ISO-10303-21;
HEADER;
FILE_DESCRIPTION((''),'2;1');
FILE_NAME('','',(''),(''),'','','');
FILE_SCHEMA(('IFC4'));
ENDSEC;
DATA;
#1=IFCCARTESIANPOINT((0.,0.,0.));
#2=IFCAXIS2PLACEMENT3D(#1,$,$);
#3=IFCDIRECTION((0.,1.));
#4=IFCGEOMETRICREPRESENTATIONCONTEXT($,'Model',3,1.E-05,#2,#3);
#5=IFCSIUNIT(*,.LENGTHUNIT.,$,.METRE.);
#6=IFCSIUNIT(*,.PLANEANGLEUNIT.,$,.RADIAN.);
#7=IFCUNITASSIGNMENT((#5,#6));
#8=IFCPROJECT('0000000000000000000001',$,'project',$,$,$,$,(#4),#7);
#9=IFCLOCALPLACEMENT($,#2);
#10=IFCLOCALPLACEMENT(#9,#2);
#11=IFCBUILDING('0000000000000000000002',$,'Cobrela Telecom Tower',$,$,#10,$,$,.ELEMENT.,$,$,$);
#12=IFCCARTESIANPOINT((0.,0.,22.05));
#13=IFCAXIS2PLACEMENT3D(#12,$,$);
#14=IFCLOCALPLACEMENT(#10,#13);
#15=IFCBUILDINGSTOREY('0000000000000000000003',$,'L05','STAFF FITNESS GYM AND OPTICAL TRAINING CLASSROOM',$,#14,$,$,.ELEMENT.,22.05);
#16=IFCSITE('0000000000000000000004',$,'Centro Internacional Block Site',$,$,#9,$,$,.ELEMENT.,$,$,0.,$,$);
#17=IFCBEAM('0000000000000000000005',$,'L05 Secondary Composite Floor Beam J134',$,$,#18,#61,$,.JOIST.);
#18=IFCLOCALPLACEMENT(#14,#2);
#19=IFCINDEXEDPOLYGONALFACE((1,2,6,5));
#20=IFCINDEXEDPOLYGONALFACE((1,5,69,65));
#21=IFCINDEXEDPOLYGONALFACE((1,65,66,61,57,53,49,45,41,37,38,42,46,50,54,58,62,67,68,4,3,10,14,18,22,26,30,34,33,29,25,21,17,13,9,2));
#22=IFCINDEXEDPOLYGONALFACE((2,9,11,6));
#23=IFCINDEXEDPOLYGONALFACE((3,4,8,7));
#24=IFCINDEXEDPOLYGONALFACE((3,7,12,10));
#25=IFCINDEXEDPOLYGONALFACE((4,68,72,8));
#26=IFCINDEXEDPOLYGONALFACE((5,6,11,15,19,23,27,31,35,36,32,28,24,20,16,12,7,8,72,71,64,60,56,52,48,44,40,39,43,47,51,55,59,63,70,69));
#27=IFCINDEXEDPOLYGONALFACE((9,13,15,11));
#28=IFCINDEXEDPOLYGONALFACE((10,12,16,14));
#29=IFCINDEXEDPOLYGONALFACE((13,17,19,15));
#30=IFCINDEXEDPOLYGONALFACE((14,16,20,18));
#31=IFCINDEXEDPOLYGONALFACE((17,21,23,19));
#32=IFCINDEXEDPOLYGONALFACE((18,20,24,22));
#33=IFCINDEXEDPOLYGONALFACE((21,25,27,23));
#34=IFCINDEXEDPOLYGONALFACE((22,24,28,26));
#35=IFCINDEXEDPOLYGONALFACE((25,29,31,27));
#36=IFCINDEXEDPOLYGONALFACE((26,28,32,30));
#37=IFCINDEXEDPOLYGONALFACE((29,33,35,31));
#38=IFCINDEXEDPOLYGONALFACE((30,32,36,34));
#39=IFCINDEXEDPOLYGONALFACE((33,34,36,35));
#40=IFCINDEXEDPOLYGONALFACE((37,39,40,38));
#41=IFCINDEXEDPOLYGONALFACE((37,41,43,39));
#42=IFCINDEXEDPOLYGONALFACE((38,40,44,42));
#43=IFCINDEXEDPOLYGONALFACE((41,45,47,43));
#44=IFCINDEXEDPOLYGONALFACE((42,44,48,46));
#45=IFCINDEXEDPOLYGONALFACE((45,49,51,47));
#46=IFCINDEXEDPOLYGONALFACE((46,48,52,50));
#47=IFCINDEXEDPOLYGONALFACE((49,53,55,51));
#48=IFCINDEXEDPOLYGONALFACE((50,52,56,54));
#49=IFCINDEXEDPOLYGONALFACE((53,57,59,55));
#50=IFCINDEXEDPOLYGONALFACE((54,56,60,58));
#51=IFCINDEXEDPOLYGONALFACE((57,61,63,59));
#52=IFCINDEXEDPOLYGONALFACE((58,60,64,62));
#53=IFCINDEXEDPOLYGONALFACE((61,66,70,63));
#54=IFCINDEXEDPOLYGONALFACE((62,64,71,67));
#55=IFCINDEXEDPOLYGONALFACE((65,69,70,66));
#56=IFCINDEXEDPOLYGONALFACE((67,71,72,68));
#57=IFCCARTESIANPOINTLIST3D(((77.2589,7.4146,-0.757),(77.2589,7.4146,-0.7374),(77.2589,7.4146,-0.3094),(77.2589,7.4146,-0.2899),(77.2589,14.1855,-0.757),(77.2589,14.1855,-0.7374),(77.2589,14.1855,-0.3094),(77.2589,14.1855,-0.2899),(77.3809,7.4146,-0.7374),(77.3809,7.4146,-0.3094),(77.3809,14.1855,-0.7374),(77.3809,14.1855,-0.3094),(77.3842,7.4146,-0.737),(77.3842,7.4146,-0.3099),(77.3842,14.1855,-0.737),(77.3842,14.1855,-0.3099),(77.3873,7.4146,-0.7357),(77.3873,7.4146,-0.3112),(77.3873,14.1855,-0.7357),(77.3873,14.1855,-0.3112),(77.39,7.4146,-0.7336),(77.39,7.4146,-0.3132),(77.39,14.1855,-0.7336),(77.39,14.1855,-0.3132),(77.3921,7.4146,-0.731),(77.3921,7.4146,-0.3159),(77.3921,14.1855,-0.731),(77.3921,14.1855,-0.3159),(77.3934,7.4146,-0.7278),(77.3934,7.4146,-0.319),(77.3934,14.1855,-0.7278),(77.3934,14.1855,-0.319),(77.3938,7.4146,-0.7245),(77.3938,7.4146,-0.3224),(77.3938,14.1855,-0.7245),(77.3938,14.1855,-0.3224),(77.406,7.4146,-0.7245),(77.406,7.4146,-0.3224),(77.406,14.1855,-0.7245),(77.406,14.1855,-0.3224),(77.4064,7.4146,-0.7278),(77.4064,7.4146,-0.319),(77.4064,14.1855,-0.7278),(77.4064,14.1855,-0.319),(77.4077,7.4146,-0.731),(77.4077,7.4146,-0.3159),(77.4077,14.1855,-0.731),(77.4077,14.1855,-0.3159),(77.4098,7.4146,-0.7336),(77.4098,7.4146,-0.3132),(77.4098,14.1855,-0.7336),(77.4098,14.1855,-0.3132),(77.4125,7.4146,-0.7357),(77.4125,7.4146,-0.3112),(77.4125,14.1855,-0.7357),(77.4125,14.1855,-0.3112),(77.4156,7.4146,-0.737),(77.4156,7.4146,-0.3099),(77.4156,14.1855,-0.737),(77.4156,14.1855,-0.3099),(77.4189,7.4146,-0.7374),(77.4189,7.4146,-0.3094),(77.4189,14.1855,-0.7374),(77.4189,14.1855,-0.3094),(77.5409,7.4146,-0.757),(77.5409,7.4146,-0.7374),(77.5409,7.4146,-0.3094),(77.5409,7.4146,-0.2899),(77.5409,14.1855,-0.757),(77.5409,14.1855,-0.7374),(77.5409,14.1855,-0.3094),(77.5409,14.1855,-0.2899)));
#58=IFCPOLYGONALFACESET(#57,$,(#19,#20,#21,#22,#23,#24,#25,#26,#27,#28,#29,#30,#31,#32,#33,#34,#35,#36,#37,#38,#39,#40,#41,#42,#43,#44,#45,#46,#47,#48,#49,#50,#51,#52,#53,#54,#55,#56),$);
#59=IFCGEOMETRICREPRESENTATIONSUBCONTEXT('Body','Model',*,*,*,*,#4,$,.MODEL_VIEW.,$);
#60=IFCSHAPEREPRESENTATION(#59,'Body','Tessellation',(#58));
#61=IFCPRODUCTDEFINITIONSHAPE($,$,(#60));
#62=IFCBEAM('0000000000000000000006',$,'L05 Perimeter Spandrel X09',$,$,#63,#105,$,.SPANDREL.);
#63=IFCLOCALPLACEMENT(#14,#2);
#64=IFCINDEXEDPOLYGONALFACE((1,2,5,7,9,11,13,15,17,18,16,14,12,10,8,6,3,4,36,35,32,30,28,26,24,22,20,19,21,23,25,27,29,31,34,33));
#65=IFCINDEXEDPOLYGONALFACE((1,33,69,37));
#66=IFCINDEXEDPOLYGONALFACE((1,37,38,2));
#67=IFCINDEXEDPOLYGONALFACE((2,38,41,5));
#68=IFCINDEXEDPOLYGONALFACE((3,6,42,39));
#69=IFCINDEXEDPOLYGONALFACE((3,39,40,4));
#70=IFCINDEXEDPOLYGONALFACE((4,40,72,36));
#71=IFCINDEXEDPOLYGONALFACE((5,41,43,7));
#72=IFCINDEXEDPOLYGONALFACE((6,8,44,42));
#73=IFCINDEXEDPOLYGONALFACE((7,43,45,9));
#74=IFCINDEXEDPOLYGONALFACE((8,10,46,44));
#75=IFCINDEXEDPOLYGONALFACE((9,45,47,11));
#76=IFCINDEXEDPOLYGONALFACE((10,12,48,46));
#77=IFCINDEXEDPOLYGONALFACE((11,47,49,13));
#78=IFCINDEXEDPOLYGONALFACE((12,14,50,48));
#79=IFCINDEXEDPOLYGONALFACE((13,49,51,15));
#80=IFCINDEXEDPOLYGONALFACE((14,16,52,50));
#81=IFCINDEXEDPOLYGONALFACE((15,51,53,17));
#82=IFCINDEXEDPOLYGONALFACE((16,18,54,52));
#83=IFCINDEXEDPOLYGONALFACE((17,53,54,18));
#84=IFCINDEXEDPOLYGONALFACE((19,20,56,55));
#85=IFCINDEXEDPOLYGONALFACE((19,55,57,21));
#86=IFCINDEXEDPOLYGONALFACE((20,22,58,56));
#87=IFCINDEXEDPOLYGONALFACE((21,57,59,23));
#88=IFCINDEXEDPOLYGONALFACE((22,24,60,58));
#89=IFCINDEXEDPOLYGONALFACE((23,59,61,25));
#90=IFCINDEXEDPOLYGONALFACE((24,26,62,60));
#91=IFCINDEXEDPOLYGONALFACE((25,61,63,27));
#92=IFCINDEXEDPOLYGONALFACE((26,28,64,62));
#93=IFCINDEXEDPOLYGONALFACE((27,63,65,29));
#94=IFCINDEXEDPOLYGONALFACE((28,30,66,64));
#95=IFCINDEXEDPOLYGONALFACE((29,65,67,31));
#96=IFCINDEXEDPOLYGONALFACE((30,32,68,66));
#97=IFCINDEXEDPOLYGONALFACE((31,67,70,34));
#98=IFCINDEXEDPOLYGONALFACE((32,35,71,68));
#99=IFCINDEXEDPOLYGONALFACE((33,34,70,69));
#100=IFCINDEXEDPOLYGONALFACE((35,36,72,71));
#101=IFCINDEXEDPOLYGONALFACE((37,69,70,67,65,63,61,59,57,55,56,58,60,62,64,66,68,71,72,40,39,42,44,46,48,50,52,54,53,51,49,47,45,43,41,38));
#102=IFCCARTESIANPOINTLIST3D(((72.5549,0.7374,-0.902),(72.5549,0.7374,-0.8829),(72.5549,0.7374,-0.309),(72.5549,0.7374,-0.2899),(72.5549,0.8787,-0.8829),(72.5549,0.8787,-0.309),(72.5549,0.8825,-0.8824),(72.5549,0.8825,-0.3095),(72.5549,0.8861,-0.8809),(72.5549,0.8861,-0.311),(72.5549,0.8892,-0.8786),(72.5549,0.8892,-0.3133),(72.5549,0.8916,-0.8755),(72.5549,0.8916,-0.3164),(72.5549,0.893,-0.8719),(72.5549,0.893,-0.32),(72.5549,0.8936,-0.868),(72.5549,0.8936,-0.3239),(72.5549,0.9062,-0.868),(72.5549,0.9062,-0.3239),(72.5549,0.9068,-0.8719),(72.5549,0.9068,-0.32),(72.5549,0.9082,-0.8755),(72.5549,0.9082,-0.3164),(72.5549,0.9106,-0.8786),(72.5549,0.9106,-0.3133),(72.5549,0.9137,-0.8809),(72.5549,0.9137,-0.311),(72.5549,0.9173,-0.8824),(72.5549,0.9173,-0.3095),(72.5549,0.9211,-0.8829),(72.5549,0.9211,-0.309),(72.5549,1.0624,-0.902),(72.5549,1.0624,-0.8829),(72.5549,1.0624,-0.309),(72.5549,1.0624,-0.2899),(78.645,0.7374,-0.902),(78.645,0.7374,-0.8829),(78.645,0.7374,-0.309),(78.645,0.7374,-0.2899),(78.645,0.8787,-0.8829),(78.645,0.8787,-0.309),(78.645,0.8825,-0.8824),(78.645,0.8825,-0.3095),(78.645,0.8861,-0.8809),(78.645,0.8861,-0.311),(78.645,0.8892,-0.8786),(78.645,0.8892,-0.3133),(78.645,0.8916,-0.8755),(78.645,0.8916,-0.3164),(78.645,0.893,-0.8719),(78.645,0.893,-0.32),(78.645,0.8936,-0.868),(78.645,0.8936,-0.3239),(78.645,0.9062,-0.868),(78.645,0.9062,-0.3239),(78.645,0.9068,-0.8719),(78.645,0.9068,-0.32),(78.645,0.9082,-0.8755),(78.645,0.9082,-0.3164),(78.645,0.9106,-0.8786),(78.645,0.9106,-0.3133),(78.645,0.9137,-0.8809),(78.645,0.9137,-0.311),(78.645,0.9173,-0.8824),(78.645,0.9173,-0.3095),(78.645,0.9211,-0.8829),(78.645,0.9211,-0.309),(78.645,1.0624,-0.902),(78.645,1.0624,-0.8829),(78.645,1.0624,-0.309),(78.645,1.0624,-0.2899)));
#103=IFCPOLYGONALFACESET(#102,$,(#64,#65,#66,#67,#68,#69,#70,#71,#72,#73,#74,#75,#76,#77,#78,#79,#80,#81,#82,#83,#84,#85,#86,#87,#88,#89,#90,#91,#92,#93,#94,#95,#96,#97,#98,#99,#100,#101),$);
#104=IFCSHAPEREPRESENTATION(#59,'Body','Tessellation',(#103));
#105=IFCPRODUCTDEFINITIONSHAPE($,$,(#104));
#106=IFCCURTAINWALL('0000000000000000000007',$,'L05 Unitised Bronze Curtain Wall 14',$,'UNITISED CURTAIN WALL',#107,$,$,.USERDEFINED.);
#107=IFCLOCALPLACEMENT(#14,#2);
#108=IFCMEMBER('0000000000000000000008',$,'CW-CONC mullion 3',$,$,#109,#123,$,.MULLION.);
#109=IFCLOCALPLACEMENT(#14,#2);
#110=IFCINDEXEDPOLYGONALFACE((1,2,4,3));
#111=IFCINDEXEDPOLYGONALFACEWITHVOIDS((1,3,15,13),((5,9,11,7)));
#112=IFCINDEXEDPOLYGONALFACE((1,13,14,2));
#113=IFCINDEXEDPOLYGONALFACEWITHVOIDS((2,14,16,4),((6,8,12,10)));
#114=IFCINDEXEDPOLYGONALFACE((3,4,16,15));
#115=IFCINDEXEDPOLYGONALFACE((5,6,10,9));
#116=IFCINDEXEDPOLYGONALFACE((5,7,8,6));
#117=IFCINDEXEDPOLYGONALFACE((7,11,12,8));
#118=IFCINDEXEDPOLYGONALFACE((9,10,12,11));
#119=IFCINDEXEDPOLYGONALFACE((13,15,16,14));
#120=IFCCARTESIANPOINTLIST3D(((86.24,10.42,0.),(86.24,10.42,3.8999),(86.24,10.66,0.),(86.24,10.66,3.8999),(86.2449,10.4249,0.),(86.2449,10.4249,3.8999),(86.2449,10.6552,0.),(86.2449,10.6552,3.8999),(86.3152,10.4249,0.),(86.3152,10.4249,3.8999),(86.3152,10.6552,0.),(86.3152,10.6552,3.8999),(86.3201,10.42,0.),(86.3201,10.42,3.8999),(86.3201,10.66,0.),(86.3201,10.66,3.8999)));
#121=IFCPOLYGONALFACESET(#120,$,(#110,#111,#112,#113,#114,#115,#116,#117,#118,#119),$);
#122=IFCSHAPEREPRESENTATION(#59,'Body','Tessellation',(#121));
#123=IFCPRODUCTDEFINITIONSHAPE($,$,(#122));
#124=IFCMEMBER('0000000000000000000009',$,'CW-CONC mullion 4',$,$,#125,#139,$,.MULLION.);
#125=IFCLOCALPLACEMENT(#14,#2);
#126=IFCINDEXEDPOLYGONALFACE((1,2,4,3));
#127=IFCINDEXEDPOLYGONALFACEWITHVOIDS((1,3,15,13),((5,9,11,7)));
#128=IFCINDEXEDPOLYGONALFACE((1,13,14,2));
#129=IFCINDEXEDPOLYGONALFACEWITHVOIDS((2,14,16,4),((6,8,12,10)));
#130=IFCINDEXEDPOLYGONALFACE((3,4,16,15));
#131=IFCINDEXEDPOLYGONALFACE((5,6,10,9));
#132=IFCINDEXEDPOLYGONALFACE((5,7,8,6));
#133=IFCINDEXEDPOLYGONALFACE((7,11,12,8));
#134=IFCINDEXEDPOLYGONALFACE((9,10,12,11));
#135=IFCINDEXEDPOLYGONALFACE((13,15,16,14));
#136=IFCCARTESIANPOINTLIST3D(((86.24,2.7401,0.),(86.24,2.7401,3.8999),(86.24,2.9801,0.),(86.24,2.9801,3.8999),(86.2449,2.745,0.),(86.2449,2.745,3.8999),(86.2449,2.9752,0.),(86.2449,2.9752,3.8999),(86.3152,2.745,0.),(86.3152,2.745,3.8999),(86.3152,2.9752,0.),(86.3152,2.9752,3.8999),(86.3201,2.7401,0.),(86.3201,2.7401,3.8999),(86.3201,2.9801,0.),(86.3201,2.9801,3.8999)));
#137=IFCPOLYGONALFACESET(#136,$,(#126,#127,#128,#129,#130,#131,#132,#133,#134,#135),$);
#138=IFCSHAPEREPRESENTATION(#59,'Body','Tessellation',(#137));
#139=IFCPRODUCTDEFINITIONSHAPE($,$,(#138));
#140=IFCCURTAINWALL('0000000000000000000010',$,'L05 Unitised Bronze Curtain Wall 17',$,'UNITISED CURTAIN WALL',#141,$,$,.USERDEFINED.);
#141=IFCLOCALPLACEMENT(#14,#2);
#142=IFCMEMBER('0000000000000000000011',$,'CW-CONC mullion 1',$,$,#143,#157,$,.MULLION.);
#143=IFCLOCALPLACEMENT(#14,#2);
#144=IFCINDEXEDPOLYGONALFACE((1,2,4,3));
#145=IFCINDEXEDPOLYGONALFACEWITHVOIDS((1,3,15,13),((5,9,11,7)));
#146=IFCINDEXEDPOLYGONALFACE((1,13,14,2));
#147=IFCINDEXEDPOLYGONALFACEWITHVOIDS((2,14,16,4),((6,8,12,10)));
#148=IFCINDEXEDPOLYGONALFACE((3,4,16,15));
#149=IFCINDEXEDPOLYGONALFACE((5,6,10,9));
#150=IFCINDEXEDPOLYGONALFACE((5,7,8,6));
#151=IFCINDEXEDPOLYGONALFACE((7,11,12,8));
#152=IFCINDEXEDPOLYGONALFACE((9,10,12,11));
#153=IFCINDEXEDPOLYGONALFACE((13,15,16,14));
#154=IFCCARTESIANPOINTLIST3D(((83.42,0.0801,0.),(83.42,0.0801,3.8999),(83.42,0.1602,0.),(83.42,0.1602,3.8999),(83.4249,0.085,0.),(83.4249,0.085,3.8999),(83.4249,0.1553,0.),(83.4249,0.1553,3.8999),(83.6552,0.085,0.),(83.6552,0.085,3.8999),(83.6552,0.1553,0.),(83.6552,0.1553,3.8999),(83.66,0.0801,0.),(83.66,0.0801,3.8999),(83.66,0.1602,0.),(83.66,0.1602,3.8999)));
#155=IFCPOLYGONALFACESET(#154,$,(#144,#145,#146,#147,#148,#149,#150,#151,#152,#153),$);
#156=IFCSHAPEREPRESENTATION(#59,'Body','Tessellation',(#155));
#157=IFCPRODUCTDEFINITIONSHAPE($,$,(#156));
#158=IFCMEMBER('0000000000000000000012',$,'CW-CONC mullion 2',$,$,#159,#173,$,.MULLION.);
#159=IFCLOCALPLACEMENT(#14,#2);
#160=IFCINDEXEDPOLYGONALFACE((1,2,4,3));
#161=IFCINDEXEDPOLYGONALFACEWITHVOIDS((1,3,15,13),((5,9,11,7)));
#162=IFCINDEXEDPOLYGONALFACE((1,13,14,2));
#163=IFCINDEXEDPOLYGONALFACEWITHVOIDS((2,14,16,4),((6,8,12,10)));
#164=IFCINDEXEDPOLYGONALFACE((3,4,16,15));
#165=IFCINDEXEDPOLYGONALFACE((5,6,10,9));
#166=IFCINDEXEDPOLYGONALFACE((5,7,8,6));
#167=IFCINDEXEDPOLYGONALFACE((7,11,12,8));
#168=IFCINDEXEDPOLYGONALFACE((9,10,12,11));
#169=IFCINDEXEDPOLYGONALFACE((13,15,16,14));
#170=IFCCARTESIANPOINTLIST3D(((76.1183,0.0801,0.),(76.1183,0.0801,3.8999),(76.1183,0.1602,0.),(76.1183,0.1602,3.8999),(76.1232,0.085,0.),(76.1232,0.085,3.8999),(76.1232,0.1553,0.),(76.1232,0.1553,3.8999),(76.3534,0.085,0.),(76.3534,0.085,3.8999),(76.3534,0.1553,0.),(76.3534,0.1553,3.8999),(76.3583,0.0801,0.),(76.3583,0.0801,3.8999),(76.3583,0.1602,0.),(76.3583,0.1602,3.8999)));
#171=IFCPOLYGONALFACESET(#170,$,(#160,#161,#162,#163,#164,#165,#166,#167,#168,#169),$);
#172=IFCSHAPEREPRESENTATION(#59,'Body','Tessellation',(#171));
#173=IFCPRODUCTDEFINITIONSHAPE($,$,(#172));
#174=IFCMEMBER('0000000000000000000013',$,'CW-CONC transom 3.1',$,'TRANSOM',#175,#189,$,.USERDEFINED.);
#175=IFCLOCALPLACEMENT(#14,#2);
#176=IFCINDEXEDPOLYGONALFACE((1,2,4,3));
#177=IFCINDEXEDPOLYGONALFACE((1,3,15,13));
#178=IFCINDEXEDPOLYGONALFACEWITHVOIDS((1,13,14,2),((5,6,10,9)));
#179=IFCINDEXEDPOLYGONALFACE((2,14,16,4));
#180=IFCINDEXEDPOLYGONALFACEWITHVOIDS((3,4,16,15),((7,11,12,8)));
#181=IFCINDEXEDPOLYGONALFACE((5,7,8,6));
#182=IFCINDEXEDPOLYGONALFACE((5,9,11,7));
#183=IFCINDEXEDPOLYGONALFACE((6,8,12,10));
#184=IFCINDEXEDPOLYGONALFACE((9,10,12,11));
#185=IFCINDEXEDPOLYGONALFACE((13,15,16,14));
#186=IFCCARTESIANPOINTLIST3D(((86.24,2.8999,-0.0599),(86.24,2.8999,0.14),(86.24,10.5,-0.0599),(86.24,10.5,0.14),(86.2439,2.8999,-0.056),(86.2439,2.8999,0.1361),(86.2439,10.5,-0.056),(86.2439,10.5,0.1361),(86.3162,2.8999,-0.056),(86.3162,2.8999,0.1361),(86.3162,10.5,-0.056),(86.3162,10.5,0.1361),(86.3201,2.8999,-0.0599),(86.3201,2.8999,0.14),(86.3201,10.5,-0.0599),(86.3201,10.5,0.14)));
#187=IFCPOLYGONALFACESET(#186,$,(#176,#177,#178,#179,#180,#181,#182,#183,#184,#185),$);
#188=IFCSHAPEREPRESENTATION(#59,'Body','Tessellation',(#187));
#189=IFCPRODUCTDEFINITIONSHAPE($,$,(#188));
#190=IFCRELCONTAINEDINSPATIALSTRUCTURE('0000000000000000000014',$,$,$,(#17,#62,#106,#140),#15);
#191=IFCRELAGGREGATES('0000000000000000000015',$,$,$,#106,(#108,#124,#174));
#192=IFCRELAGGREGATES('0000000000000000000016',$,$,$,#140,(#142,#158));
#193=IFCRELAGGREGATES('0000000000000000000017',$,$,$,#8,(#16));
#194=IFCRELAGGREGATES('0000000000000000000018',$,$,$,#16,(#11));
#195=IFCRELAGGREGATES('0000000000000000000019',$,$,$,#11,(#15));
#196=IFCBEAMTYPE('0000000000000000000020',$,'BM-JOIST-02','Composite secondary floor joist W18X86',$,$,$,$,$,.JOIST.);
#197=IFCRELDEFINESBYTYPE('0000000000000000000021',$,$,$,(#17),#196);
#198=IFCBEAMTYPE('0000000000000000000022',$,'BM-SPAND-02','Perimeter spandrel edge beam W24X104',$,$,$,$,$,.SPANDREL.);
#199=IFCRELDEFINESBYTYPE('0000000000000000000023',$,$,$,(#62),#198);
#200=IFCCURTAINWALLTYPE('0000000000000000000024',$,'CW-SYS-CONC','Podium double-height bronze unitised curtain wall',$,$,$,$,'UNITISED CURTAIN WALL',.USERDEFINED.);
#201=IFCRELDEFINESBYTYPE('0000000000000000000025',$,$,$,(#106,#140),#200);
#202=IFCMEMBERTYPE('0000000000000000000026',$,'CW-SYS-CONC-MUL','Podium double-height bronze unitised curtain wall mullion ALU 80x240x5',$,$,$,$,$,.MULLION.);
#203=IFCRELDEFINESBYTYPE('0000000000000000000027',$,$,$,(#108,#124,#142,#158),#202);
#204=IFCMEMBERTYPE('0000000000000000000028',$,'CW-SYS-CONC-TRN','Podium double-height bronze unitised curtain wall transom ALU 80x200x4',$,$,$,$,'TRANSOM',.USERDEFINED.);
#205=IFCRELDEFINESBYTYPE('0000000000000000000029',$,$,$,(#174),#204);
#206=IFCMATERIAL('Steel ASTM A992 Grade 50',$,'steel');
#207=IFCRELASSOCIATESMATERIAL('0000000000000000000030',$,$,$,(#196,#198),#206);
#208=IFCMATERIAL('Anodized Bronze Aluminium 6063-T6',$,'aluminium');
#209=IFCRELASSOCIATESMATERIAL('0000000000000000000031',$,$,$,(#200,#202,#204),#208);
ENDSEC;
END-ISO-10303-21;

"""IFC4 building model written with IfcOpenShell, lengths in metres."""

from ifc_helpers import new_model, si_unit, direction, frame, origin, origin_2d, place, context, subcontext, project, spatial, hollow_rectangle, i_section, extrude, material, material_profile, profile_set, type_object, element, aggregate, save


model = new_model("IFC4")

# Units and contexts
model_context = context("Model", 3, precision=1e-05, world=origin(), true_north=direction((0.0, 1.0)))
body_context = subcontext(model_context, "Body", "Model", "MODEL_VIEW")
ifc_project = project(units=[si_unit("LENGTHUNIT", "METRE"), si_unit("PLANEANGLEUNIT", "RADIAN")], contexts=[model_context])

# Site, building, storey
site_placement = place(None, origin())
site = spatial("IfcSite", under=ifc_project, at=site_placement, Name="Centro Internacional Block Site", CompositionType="ELEMENT", RefElevation=0.0)
building_placement = place(site_placement, origin())
building = spatial("IfcBuilding", under=site, at=building_placement, Name="Cobrela Telecom Tower", CompositionType="ELEMENT")
storey_placement = place(building_placement, frame((0.0, 0.0, 22.05)))
storey = spatial("IfcBuildingStorey", under=building, at=storey_placement, Name="L05", Description="STAFF FITNESS GYM AND OPTICAL TRAINING CLASSROOM", CompositionType="ELEMENT", Elevation=22.05)

# Beams
ifc_material_1 = material(Name="Steel ASTM A992 Grade 50", Category="steel")
ifc_material_profile_1 = material_profile(ifc_material_1, i_section(OverallWidth=0.282, OverallDepth=0.467, WebThickness=0.0122, FlangeThickness=0.0195, FilletRadius=0.0129, at=origin_2d()), Name="W18X86")
ifc_profile_set_1 = profile_set([ifc_material_profile_1], Name="Steel ASTM A992 Grade 50")
beam_type_1 = type_object("IfcBeamType", Name="BM-JOIST-02", Description="Composite secondary floor joist W18X86", PredefinedType="JOIST", material=ifc_profile_set_1)
beam_1_placement = place(storey_placement, frame((77.3999, 7.4146, -0.5234), z_axis=(0.0, 1.0, 0.0), x_axis=(-1.0, 0.0, 0.0)))
element("IfcBeam", 1, at=beam_1_placement, inside=storey, type_object=beam_type_1, Name="L05 Secondary Composite Floor Beam J134", PredefinedType="JOIST", context=body_context, shape_type="SweptSolid", body=[
    extrude(i_section(OverallWidth=0.282, OverallDepth=0.467, WebThickness=0.0122, FlangeThickness=0.0195, FilletRadius=0.0129, at=origin_2d()), origin(), (0.0, 0.0, 1.0), 6.771),
])
ifc_material_profile_2 = material_profile(ifc_material_1, i_section(OverallWidth=0.325, OverallDepth=0.6121, WebThickness=0.0127, FlangeThickness=0.019, FilletRadius=0.0149, at=origin_2d()), Name="W24X104")
ifc_profile_set_2 = profile_set([ifc_material_profile_2], Name="Steel ASTM A992 Grade 50")
beam_type_2 = type_object("IfcBeamType", Name="BM-SPAND-02", Description="Perimeter spandrel edge beam W24X104", PredefinedType="SPANDREL", material=ifc_profile_set_2)
beam_2_placement = place(storey_placement, frame((72.5549, 0.8999, -0.5959), z_axis=(1.0, 0.0, 0.0), x_axis=(0.0, 1.0, 0.0)))
element("IfcBeam", 2, at=beam_2_placement, inside=storey, type_object=beam_type_2, Name="L05 Perimeter Spandrel X09", PredefinedType="SPANDREL", context=body_context, shape_type="SweptSolid", body=[
    extrude(i_section(OverallWidth=0.325, OverallDepth=0.6121, WebThickness=0.0127, FlangeThickness=0.019, FilletRadius=0.0149, at=origin_2d()), origin(), (0.0, 0.0, 1.0), 6.0901),
])

# Curtain walls, members
ifc_material_2 = material(Name="Anodized Bronze Aluminium 6063-T6", Category="aluminium")
curtain_wall_type = type_object("IfcCurtainWallType", Name="CW-SYS-CONC", Description="Podium double-height bronze unitised curtain wall", ElementType="UNITISED CURTAIN WALL", PredefinedType="USERDEFINED", material=ifc_material_2)
curtain_wall_1_placement = place(storey_placement, origin())
curtain_wall_1 = element("IfcCurtainWall", 3, at=curtain_wall_1_placement, inside=storey, type_object=curtain_wall_type, Name="L05 Unitised Bronze Curtain Wall 14", ObjectType="UNITISED CURTAIN WALL", PredefinedType="USERDEFINED")
ifc_material_profile_3 = material_profile(ifc_material_2, hollow_rectangle(XDim=0.0801, YDim=0.24, WallThickness=0.0049, at=origin_2d()), Name="ALU 80x240x5")
ifc_profile_set_3 = profile_set([ifc_material_profile_3], Name="Anodized Bronze Aluminium 6063-T6")
member_type_1 = type_object("IfcMemberType", Name="CW-SYS-CONC-MUL", Description="Podium double-height bronze unitised curtain wall mullion ALU 80x240x5", PredefinedType="MULLION", material=ifc_profile_set_3)
member_1_placement = place(storey_placement, frame((86.28, 10.54, 0.0), z_axis=(0.0, 0.0, 1.0), x_axis=(1.0, 0.0, 0.0)))
member_1 = element("IfcMember", 4, at=member_1_placement, type_object=member_type_1, Name="CW-CONC mullion 3", PredefinedType="MULLION", context=body_context, shape_type="SweptSolid", body=[
    extrude(hollow_rectangle(XDim=0.0801, YDim=0.24, WallThickness=0.0049, at=origin_2d()), origin(), (0.0, 0.0, 1.0), 3.8999),
])
member_2_placement = place(storey_placement, frame((86.28, 2.8601, 0.0), z_axis=(0.0, 0.0, 1.0), x_axis=(1.0, 0.0, 0.0)))
member_2 = element("IfcMember", 5, at=member_2_placement, type_object=member_type_1, Name="CW-CONC mullion 4", PredefinedType="MULLION", context=body_context, shape_type="SweptSolid", body=[
    extrude(hollow_rectangle(XDim=0.0801, YDim=0.24, WallThickness=0.0049, at=origin_2d()), origin(), (0.0, 0.0, 1.0), 3.8999),
])
curtain_wall_2_placement = place(storey_placement, origin())
curtain_wall_2 = element("IfcCurtainWall", 6, at=curtain_wall_2_placement, inside=storey, type_object=curtain_wall_type, Name="L05 Unitised Bronze Curtain Wall 17", ObjectType="UNITISED CURTAIN WALL", PredefinedType="USERDEFINED")
member_3_placement = place(storey_placement, frame((83.54, 0.1201, 0.0), z_axis=(0.0, 0.0, 1.0), x_axis=(0.0, -1.0, 0.0)))
member_3 = element("IfcMember", 7, at=member_3_placement, type_object=member_type_1, Name="CW-CONC mullion 1", PredefinedType="MULLION", context=body_context, shape_type="SweptSolid", body=[
    extrude(hollow_rectangle(XDim=0.0801, YDim=0.24, WallThickness=0.0049, at=origin_2d()), origin(), (0.0, 0.0, 1.0), 3.8999),
])
member_4_placement = place(storey_placement, frame((76.2383, 0.1201, 0.0), z_axis=(0.0, 0.0, 1.0), x_axis=(0.0, -1.0, 0.0)))
member_4 = element("IfcMember", 8, at=member_4_placement, type_object=member_type_1, Name="CW-CONC mullion 2", PredefinedType="MULLION", context=body_context, shape_type="SweptSolid", body=[
    extrude(hollow_rectangle(XDim=0.0801, YDim=0.24, WallThickness=0.0049, at=origin_2d()), origin(), (0.0, 0.0, 1.0), 3.8999),
])

# Member
ifc_material_profile_4 = material_profile(ifc_material_2, hollow_rectangle(XDim=0.0801, YDim=0.2, WallThickness=0.0039, at=origin_2d()), Name="ALU 80x200x4")
ifc_profile_set_4 = profile_set([ifc_material_profile_4], Name="Anodized Bronze Aluminium 6063-T6")
member_type_2 = type_object("IfcMemberType", Name="CW-SYS-CONC-TRN", Description="Podium double-height bronze unitised curtain wall transom ALU 80x200x4", ElementType="TRANSOM", PredefinedType="USERDEFINED", material=ifc_profile_set_4)
member_5_placement = place(storey_placement, frame((86.28, 10.5, 0.04), z_axis=(0.0, -1.0, 0.0), x_axis=(1.0, 0.0, 0.0)))
member_5 = element("IfcMember", 9, at=member_5_placement, type_object=member_type_2, Name="CW-CONC transom 3.1", ObjectType="TRANSOM", PredefinedType="USERDEFINED", context=body_context, shape_type="SweptSolid", body=[
    extrude(hollow_rectangle(XDim=0.0801, YDim=0.2, WallThickness=0.0039, at=origin_2d()), origin(), (0.0, 0.0, 1.0), 7.6001),
])

aggregate(curtain_wall_1, [member_1, member_2, member_5])
aggregate(curtain_wall_2, [member_3, member_4])

save(model, "model.ifc")
